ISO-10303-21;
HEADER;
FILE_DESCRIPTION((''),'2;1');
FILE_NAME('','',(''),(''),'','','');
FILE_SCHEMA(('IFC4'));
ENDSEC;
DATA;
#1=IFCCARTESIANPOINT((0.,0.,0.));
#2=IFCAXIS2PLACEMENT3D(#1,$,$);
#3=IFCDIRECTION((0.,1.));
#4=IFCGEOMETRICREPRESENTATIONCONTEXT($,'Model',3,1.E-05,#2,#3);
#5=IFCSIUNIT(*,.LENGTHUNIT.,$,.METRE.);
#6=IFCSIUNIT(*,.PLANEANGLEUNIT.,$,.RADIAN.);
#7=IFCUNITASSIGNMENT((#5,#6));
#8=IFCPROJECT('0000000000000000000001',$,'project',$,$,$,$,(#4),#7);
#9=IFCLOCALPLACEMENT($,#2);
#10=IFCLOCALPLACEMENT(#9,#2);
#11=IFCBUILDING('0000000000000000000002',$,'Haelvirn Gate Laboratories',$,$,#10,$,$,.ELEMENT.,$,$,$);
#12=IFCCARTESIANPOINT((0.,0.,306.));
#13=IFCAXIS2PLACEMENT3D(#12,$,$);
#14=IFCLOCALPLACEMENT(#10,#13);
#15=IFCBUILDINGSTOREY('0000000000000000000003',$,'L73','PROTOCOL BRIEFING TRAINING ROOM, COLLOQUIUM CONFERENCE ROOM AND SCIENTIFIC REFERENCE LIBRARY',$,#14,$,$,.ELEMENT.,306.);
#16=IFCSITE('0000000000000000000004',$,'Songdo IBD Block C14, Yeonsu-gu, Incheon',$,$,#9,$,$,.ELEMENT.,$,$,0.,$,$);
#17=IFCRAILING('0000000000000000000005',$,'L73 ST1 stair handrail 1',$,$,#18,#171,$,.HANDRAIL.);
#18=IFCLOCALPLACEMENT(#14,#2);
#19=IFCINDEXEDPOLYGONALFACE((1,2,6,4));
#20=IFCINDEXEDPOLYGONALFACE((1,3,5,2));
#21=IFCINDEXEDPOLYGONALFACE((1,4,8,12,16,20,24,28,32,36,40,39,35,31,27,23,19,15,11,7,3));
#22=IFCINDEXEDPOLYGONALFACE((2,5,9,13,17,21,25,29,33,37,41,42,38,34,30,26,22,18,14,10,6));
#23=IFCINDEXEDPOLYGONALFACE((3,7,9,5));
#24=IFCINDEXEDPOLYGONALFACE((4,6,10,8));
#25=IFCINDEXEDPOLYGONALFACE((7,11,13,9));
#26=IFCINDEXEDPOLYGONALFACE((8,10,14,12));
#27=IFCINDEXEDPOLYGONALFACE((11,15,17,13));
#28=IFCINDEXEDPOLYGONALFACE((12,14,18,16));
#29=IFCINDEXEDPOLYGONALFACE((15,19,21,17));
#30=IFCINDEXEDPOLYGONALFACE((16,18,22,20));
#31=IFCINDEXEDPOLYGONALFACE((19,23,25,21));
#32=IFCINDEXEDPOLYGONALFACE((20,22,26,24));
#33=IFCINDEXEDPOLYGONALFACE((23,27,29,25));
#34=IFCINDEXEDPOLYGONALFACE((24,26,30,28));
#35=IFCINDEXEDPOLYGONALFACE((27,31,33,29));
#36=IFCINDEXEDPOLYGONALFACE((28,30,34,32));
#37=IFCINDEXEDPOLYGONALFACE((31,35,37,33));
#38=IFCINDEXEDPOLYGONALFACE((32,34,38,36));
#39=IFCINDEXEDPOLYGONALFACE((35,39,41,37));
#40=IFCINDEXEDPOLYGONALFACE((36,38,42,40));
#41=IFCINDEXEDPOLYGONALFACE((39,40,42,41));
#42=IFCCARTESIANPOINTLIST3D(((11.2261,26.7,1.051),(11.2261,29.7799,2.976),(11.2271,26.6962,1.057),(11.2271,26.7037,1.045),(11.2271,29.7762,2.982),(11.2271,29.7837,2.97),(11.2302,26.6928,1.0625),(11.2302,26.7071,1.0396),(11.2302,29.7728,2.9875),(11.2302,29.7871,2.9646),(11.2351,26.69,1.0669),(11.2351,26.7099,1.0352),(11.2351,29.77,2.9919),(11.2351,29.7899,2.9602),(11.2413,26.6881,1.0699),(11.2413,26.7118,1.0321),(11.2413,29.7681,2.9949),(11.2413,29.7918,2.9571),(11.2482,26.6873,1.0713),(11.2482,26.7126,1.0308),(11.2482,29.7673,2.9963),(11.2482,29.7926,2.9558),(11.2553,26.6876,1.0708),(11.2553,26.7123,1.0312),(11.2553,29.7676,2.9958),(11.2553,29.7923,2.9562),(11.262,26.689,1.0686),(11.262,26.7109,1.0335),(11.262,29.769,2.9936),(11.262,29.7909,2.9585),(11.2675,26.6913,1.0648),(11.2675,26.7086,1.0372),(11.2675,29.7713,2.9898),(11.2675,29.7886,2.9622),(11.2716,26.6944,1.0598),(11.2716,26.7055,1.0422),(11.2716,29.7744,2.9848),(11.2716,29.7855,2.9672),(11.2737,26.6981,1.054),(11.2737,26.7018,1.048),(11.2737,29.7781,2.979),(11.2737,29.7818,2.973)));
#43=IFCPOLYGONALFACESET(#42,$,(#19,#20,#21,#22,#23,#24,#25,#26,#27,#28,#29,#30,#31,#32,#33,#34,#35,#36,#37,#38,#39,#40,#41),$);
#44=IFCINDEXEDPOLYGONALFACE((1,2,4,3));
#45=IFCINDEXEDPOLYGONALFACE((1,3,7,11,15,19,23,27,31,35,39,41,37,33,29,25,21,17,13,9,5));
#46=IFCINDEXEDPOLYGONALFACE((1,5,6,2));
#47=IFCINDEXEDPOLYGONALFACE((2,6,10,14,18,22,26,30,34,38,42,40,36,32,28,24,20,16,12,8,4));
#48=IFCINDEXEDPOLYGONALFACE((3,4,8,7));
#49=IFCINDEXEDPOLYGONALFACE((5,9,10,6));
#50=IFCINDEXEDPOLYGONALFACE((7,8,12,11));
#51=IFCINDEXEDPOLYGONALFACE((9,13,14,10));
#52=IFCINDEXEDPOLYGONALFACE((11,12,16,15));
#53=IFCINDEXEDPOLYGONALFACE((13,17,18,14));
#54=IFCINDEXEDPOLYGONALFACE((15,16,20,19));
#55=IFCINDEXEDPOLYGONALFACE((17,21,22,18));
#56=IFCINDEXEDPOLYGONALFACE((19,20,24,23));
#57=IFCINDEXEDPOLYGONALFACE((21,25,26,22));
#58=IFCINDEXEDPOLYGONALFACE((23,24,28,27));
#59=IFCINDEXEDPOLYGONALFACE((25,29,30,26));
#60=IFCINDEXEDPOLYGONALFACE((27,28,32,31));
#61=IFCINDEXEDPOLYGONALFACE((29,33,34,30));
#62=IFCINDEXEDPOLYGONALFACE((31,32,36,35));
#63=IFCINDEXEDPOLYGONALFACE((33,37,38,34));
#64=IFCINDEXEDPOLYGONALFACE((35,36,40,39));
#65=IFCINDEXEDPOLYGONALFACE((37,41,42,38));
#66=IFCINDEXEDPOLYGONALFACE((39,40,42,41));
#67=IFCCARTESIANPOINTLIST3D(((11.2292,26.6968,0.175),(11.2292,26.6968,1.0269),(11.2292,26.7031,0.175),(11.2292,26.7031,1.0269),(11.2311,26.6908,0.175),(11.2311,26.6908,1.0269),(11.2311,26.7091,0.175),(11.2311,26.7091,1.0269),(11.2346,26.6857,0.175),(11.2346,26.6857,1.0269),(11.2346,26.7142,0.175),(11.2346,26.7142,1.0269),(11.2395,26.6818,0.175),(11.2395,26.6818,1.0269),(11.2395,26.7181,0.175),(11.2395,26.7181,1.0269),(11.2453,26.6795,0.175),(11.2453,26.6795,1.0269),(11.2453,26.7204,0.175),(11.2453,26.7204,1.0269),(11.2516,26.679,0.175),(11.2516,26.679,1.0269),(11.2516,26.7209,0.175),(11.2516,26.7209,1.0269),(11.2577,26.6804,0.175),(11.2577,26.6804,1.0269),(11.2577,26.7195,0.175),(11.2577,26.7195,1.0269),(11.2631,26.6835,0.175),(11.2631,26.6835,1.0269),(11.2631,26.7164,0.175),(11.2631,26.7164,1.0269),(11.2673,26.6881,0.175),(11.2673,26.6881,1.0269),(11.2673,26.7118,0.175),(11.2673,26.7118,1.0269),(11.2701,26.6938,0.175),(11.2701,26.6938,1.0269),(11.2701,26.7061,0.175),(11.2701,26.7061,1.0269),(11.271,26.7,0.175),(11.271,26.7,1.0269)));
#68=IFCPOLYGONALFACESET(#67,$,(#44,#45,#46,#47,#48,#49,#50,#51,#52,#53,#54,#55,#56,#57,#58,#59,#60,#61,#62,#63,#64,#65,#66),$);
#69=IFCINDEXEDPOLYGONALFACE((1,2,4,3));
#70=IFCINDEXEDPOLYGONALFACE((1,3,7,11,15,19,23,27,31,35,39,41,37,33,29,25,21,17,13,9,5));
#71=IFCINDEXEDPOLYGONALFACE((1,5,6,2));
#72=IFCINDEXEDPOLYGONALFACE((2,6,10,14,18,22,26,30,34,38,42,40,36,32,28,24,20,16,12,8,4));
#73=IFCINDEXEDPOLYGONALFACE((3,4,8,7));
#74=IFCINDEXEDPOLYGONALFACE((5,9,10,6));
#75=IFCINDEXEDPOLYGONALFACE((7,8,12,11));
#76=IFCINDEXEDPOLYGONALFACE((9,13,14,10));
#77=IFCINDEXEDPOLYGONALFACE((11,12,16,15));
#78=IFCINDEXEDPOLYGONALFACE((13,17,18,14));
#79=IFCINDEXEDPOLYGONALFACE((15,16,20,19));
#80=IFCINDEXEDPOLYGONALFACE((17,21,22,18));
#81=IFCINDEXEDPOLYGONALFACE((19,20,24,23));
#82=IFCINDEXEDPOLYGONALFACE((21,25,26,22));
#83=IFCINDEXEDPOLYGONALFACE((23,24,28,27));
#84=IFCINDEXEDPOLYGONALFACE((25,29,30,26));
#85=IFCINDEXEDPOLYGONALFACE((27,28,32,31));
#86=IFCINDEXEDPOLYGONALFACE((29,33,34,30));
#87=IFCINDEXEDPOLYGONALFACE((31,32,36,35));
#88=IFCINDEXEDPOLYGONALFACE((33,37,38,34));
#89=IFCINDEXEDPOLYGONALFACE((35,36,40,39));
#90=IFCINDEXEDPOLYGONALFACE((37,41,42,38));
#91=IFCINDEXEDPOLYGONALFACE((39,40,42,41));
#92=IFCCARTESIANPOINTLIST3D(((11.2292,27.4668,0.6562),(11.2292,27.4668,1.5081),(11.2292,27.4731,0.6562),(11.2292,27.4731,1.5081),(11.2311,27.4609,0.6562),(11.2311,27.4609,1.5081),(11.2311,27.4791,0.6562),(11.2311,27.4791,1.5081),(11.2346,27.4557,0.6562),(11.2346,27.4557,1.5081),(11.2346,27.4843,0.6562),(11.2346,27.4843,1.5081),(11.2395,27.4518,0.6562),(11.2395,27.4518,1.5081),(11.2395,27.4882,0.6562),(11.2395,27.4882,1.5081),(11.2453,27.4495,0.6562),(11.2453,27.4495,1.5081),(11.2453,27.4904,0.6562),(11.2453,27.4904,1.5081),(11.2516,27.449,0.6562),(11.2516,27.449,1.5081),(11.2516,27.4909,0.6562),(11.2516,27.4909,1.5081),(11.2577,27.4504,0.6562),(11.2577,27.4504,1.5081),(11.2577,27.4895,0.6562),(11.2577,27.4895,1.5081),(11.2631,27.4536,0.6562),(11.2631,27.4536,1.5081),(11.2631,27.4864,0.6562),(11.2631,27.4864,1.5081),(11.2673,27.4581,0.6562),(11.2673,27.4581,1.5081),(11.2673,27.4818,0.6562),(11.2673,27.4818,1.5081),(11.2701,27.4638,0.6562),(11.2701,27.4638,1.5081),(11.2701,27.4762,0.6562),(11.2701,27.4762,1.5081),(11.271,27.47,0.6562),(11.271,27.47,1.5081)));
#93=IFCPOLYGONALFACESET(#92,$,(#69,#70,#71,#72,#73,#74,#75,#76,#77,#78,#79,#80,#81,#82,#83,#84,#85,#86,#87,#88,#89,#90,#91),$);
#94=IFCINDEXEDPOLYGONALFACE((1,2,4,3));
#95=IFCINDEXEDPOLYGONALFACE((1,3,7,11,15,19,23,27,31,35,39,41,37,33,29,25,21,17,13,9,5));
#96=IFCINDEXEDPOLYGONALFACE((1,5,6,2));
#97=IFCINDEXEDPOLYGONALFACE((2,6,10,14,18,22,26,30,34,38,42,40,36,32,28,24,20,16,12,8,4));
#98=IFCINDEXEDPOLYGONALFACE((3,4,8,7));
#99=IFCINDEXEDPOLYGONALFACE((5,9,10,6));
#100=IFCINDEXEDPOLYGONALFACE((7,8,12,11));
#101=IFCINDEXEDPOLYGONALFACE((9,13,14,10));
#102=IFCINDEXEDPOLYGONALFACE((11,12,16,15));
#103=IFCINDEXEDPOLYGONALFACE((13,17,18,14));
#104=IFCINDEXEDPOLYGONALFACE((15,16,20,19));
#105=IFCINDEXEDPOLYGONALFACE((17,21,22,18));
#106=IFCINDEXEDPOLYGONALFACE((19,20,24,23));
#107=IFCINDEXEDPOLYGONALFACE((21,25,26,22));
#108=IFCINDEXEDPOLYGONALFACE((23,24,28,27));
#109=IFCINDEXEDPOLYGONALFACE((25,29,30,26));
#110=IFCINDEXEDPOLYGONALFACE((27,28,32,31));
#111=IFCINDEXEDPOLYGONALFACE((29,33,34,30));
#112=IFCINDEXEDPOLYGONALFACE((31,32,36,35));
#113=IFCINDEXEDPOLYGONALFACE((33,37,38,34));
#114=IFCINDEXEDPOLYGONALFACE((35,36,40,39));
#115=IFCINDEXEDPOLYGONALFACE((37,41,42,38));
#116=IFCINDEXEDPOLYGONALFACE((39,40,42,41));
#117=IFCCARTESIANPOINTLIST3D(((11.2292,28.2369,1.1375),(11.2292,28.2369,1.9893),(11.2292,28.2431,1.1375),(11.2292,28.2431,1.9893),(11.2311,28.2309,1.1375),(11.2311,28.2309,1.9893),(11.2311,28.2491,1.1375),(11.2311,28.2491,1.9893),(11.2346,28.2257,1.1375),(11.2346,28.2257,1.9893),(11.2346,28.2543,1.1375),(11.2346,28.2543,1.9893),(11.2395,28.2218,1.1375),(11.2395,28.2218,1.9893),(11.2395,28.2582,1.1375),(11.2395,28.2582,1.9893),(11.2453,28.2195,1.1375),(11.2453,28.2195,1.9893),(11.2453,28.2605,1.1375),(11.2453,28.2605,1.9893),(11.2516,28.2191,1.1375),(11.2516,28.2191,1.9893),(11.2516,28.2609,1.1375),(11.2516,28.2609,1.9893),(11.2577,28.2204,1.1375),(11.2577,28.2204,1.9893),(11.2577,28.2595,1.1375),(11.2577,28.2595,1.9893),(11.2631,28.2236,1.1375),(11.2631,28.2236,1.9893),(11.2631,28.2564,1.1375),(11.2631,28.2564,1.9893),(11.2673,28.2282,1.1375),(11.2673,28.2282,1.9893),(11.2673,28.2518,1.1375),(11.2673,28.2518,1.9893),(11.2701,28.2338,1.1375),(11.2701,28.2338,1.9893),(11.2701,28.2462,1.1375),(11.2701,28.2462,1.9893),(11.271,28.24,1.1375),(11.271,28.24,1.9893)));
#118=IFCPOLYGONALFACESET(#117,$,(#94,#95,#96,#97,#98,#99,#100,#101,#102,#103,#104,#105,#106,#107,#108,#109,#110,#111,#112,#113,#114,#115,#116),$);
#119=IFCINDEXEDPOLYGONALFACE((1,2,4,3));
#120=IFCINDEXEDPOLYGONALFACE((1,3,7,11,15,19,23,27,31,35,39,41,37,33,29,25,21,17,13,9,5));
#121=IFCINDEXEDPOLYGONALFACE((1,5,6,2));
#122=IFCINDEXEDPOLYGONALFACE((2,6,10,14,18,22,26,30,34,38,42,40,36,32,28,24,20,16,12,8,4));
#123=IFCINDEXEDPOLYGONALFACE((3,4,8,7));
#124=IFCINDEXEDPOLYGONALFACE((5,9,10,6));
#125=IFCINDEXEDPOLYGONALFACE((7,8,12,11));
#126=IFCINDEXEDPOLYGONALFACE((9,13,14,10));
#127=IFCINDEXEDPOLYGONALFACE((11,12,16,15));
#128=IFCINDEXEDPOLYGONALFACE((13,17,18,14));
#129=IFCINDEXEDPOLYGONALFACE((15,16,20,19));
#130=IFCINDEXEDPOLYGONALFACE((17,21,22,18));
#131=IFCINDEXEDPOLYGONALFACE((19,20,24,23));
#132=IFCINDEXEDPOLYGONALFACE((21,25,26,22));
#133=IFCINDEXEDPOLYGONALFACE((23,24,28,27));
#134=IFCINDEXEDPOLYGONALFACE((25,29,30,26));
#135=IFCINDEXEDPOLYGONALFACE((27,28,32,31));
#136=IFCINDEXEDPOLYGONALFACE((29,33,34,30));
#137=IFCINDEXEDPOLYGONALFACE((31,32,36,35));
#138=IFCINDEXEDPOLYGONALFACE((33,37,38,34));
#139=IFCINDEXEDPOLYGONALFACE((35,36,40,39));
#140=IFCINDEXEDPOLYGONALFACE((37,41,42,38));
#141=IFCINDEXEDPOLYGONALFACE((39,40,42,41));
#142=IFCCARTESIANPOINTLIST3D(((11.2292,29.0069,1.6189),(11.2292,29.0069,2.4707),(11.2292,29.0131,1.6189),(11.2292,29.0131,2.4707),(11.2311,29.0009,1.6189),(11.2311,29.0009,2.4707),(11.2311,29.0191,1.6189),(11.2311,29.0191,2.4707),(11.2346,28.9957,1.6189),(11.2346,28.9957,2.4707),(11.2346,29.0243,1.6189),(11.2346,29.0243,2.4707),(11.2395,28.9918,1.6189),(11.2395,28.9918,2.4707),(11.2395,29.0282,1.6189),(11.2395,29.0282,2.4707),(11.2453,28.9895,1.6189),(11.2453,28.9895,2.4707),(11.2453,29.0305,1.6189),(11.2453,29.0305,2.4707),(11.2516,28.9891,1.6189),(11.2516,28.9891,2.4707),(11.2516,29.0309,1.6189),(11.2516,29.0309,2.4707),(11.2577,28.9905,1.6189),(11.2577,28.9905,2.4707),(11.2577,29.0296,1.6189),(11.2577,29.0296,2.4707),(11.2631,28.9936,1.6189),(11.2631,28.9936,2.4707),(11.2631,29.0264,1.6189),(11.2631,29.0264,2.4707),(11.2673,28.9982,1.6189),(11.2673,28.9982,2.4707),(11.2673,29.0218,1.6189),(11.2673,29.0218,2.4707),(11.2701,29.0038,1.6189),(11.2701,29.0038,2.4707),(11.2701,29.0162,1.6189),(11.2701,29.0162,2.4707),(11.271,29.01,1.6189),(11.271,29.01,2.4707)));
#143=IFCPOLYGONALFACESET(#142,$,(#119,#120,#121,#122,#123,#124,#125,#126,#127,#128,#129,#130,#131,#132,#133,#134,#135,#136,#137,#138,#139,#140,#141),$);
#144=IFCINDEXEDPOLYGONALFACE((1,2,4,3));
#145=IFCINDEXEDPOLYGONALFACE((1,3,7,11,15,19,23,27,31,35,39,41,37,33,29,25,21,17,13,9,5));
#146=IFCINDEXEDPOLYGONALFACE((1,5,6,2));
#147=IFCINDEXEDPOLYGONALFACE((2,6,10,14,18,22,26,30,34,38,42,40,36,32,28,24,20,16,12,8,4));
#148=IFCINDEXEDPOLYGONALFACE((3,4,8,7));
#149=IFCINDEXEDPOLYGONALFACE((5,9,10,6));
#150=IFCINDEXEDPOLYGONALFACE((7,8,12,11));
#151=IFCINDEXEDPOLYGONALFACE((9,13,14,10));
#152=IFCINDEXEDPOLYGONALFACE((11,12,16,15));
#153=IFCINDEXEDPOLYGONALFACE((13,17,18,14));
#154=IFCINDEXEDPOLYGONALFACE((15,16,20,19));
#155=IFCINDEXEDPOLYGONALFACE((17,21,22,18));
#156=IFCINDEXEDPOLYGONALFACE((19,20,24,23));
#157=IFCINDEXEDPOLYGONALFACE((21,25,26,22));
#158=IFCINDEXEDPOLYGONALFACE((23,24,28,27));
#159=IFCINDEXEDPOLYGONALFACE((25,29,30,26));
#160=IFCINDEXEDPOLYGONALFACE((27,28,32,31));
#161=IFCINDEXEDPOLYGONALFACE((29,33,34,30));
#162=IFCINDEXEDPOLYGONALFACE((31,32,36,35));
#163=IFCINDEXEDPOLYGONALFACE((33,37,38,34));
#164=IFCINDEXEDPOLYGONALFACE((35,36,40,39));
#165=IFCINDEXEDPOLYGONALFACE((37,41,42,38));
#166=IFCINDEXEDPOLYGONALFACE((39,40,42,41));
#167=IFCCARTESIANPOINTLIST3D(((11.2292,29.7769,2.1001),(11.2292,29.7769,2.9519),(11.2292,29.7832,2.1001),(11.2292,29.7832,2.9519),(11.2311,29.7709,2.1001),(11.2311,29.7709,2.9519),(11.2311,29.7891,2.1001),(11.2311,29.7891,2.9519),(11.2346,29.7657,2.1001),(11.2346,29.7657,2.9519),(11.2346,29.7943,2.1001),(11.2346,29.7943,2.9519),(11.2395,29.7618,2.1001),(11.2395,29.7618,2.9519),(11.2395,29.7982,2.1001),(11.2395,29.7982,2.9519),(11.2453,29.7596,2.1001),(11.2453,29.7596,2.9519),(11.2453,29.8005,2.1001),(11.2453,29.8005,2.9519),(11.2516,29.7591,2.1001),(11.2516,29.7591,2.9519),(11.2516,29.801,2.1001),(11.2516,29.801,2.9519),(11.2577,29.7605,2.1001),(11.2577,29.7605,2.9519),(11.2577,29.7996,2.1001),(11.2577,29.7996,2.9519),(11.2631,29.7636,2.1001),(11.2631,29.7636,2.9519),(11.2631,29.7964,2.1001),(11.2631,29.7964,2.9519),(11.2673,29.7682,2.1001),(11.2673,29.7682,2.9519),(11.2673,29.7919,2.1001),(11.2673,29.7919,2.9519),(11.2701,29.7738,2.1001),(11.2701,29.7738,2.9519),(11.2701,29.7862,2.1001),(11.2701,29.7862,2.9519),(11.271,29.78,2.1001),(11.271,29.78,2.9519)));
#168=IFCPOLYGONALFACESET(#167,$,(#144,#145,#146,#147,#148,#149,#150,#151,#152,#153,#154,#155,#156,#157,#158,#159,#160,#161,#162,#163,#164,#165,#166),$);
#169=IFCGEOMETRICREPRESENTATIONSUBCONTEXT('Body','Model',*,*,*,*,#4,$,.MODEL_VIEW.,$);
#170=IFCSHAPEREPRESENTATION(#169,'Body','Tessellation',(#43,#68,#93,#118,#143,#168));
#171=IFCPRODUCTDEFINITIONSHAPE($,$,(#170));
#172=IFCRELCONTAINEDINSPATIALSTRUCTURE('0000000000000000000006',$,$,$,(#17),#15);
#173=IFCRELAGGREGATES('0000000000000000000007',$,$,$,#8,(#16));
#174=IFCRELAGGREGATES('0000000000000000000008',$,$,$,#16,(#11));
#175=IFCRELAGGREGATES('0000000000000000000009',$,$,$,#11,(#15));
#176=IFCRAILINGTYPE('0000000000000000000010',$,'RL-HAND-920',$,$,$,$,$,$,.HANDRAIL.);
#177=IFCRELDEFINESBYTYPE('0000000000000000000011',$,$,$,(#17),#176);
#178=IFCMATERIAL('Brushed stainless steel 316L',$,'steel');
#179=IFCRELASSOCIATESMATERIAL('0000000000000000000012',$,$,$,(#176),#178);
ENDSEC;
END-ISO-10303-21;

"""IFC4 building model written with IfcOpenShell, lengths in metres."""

from ifc_helpers import new_model, si_unit, direction, frame, origin, origin_2d, place, context, subcontext, project, spatial, circle, extrude, source, transform, mapped, material, type_object, element, save


model = new_model("IFC4")

# Units and contexts
model_context = context("Model", 3, precision=1e-05, world=origin(), true_north=direction((0.0, 1.0)))
body_context = subcontext(model_context, "Body", "Model", "MODEL_VIEW")
ifc_project = project(units=[si_unit("LENGTHUNIT", "METRE"), si_unit("PLANEANGLEUNIT", "RADIAN")], contexts=[model_context])

# Site, building, storey
site_placement = place(None, origin())
site = spatial("IfcSite", under=ifc_project, at=site_placement, Name="Songdo IBD Block C14, Yeonsu-gu, Incheon", CompositionType="ELEMENT", RefElevation=0.0)
building_placement = place(site_placement, origin())
building = spatial("IfcBuilding", under=site, at=building_placement, Name="Haelvirn Gate Laboratories", CompositionType="ELEMENT")
storey_placement = place(building_placement, frame((0.0, 0.0, 306.0)))
storey = spatial("IfcBuildingStorey", under=building, at=storey_placement, Name="L73", Description="PROTOCOL BRIEFING TRAINING ROOM, COLLOQUIUM CONFERENCE ROOM AND SCIENTIFIC REFERENCE LIBRARY", CompositionType="ELEMENT", Elevation=306.0)

# Railing
ifc_material_1 = material(Name="Brushed stainless steel 316L", Category="steel")
railing_type_1 = type_object("IfcRailingType", Name="RL-HAND-920", PredefinedType="HANDRAIL", material=ifc_material_1)
shared_shape_1 = source(origin(), body_context, "Body", "SweptSolid", [
    extrude(circle(Radius=0.0239, at=origin_2d()), frame((0.0, 0.0, 0.876), z_axis=(0.0, 0.847998, 0.529999), x_axis=(-1.0, 0.0, 0.0)), (0.0, 0.0, 1.0), 3.6321),
    extrude(circle(Radius=0.021, at=origin_2d()), origin(), (0.0, 0.0, 1.0), 0.8518),
    extrude(circle(Radius=0.021, at=origin_2d()), frame((0.0, 0.77, 0.4812)), (0.0, 0.0, 1.0), 0.8518),
    extrude(circle(Radius=0.021, at=origin_2d()), frame((0.0, 1.54, 0.9624)), (0.0, 0.0, 1.0), 0.8518),
    extrude(circle(Radius=0.021, at=origin_2d()), frame((0.0, 2.3101, 1.4438)), (0.0, 0.0, 1.0), 0.8518),
    extrude(circle(Radius=0.021, at=origin_2d()), frame((0.0, 3.0801, 1.925)), (0.0, 0.0, 1.0), 0.8518),
])
railing_1_placement = place(storey_placement, frame((11.25, 26.7, 0.175)))
element("IfcRailing", 1, at=railing_1_placement, inside=storey, type_object=railing_type_1, Name="L73 ST1 stair handrail 1", PredefinedType="HANDRAIL", context=body_context, shape_type="MappedRepresentation", body=[
    mapped(shared_shape_1, transform((0.0, 0.0, 0.0), scale=1.0)),
])

save(model, "model.ifc")
